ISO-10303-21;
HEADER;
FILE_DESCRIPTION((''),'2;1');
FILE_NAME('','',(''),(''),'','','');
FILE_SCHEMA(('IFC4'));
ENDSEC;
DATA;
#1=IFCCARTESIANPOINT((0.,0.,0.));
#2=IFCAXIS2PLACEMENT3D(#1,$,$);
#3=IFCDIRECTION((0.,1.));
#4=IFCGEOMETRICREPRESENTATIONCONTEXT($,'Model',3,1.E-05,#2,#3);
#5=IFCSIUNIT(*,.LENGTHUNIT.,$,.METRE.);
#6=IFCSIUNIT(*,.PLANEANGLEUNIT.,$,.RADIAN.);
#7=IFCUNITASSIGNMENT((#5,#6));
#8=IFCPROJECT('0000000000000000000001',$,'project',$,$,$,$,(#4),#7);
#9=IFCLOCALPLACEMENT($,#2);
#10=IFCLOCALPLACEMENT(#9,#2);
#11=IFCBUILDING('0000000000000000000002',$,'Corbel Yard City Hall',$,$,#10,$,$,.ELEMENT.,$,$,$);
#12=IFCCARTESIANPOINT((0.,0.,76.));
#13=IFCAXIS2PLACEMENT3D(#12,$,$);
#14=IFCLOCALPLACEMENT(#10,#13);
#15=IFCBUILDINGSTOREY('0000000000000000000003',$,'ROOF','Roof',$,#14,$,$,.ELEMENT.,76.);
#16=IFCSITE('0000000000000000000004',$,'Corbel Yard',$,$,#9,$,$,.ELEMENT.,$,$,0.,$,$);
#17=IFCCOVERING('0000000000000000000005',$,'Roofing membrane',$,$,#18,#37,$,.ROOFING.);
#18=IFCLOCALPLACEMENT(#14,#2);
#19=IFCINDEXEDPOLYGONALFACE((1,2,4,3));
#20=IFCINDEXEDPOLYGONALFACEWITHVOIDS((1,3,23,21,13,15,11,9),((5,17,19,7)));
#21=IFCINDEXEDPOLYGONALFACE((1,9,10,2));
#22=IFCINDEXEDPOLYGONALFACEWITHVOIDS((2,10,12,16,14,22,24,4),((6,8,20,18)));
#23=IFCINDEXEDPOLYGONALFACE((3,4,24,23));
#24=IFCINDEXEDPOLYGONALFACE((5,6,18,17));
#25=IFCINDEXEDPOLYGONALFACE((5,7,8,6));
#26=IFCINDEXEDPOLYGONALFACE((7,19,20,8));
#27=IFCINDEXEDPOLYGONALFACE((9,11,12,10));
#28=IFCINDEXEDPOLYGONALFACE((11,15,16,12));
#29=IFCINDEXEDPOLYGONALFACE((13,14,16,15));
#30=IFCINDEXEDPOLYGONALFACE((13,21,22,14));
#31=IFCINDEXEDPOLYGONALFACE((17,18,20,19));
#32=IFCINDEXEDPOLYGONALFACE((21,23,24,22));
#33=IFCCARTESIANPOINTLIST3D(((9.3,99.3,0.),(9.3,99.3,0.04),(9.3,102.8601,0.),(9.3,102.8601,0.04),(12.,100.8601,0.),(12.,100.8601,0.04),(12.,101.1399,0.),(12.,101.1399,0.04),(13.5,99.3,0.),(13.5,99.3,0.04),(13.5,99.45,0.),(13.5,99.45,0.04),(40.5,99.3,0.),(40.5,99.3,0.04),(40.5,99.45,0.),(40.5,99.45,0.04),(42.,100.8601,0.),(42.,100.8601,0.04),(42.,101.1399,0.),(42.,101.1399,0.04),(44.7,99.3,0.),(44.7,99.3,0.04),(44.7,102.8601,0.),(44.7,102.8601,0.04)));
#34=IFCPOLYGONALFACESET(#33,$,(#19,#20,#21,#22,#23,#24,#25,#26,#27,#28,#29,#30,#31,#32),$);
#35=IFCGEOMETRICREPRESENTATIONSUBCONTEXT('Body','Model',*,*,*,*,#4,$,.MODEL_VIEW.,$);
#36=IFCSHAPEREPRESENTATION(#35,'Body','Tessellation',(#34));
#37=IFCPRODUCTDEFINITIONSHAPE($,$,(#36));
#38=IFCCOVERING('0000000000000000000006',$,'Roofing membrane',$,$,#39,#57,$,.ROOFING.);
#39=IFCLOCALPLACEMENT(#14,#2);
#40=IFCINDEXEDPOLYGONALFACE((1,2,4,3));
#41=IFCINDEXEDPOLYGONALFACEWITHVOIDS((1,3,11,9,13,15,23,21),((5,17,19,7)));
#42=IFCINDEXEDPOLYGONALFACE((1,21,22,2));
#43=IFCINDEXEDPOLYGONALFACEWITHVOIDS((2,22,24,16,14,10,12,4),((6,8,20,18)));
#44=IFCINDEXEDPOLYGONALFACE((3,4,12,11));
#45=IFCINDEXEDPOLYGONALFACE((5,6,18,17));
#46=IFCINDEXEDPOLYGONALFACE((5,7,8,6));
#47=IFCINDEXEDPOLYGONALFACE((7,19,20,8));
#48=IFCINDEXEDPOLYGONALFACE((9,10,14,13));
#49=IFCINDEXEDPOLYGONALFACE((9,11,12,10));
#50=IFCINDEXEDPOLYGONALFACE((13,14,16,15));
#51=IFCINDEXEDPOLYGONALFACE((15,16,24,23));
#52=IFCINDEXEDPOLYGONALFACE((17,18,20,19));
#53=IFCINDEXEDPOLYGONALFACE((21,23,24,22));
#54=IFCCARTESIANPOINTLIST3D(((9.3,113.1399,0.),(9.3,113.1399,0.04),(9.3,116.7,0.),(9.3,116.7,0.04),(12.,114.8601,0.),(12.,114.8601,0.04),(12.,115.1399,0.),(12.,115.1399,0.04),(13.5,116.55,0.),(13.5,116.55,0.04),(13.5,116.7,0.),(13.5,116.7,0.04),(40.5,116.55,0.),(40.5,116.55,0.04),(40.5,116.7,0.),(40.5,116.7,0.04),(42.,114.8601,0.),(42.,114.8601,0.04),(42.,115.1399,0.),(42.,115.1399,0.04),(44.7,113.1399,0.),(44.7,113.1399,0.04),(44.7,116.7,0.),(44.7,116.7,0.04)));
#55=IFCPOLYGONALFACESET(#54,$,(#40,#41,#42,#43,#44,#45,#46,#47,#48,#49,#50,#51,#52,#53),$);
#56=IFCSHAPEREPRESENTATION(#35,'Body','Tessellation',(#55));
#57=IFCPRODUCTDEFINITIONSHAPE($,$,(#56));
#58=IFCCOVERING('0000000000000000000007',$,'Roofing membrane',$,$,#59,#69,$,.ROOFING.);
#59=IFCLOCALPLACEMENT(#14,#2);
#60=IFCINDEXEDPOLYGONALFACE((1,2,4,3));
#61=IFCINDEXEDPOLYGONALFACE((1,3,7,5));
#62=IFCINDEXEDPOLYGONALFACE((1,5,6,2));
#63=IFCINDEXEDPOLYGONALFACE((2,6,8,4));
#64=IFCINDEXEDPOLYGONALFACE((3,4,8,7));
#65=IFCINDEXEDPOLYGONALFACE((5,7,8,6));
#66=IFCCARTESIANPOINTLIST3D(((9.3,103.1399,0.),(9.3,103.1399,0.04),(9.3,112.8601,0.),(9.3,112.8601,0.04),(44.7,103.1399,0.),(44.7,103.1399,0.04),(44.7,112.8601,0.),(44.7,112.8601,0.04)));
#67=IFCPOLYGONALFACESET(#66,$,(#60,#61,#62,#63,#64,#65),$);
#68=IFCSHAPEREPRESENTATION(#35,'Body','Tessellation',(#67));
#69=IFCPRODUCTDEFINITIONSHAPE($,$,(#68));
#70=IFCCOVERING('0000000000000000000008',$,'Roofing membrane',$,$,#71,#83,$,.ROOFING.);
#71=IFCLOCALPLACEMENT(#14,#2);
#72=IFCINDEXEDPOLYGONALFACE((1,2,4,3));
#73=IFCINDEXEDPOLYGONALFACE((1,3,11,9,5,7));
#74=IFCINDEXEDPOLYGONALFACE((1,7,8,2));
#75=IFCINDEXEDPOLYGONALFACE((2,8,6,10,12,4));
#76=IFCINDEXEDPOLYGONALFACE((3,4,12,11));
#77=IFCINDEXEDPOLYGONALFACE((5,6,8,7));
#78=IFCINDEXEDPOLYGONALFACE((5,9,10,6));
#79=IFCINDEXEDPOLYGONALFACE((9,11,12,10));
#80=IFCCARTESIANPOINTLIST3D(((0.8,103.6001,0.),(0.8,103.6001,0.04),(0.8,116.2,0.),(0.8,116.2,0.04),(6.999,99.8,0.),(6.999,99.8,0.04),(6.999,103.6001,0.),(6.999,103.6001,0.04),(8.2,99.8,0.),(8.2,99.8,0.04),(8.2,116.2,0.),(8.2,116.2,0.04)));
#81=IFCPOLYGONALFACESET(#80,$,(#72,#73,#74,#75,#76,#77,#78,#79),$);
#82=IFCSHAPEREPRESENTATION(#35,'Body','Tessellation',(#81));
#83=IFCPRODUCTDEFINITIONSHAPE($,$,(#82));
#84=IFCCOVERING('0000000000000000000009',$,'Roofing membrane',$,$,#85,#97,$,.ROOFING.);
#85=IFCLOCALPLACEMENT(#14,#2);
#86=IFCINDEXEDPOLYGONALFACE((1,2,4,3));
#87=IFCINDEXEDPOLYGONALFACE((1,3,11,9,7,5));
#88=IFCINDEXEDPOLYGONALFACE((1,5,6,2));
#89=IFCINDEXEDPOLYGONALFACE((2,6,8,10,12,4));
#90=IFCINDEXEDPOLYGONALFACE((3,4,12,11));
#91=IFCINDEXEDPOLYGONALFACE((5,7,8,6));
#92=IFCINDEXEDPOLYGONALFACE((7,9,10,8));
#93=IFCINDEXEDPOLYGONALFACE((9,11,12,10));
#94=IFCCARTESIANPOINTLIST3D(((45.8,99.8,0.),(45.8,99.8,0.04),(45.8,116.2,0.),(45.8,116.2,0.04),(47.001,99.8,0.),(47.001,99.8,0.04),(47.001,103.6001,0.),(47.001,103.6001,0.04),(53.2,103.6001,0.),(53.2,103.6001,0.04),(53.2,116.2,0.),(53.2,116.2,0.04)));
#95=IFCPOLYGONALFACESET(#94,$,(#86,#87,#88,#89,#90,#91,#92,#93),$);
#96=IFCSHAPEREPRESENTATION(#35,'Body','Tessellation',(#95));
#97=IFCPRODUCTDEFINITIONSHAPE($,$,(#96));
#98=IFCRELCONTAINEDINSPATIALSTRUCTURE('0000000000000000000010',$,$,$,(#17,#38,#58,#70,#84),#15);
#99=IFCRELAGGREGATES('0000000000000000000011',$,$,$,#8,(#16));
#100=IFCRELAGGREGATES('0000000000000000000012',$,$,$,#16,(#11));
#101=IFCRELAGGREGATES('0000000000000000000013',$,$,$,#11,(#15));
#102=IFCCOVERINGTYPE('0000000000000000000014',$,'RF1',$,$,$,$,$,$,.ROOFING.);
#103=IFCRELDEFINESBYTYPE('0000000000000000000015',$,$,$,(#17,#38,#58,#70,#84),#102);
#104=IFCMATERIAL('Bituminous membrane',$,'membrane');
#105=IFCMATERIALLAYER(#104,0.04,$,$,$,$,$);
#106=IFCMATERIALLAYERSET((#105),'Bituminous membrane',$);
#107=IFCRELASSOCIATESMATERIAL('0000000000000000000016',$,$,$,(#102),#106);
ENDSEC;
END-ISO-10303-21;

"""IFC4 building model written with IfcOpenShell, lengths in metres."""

from ifc_helpers import new_model, si_unit, direction, frame, origin, place, context, subcontext, project, spatial, polyline, outline, extrude, material, layer, layer_set, type_object, element, save


model = new_model("IFC4")

# Units and contexts
model_context = context("Model", 3, precision=1e-05, world=origin(), true_north=direction((0.0, 1.0)))
body_context = subcontext(model_context, "Body", "Model", "MODEL_VIEW")
ifc_project = project(units=[si_unit("LENGTHUNIT", "METRE"), si_unit("PLANEANGLEUNIT", "RADIAN")], contexts=[model_context])

# Site, building, storey
site_placement = place(None, origin())
site = spatial("IfcSite", under=ifc_project, at=site_placement, Name="Corbel Yard", CompositionType="ELEMENT", RefElevation=0.0)
building_placement = place(site_placement, origin())
building = spatial("IfcBuilding", under=site, at=building_placement, Name="Corbel Yard City Hall", CompositionType="ELEMENT")
storey_placement = place(building_placement, frame((0.0, 0.0, 76.0)))
storey = spatial("IfcBuildingStorey", under=building, at=storey_placement, Name="ROOF", Description="Roof", CompositionType="ELEMENT", Elevation=76.0)

# Coverings
ifc_material_1 = material(Name="Bituminous membrane", Category="membrane")
ifc_layer_1 = layer(ifc_material_1, 0.04)
ifc_layer_set_1 = layer_set([ifc_layer_1], Name="Bituminous membrane")
covering_type = type_object("IfcCoveringType", Name="RF1", PredefinedType="ROOFING", material=ifc_layer_set_1)
covering_1_placement = place(storey_placement, origin())
element("IfcCovering", 1, at=covering_1_placement, inside=storey, type_object=covering_type, Name="Roofing membrane", PredefinedType="ROOFING", context=body_context, shape_type="SweptSolid", body=[
    extrude(outline(polyline([(44.7, 99.3), (40.5, 99.3), (40.5, 99.45), (13.5, 99.45), (13.5, 99.3), (9.3, 99.3), (9.3, 102.8601), (44.7, 102.8601), (44.7, 99.3)]), holes=[polyline([(42.0, 101.1399), (12.0, 101.1399), (12.0, 100.8601), (42.0, 100.8601), (42.0, 101.1399)])]), origin(), (0.0, 0.0, 1.0), 0.04),
])
covering_2_placement = place(storey_placement, origin())
element("IfcCovering", 2, at=covering_2_placement, inside=storey, type_object=covering_type, Name="Roofing membrane", PredefinedType="ROOFING", context=body_context, shape_type="SweptSolid", body=[
    extrude(outline(polyline([(13.5, 116.55), (40.5, 116.55), (40.5, 116.7), (44.7, 116.7), (44.7, 113.1399), (9.3, 113.1399), (9.3, 116.7), (13.5, 116.7), (13.5, 116.55)]), holes=[polyline([(12.0, 114.8601), (42.0, 114.8601), (42.0, 115.1399), (12.0, 115.1399), (12.0, 114.8601)])]), origin(), (0.0, 0.0, 1.0), 0.04),
])
covering_3_placement = place(storey_placement, origin())
element("IfcCovering", 3, at=covering_3_placement, inside=storey, type_object=covering_type, Name="Roofing membrane", PredefinedType="ROOFING", context=body_context, shape_type="SweptSolid", body=[
    extrude(outline(polyline([(44.7, 103.1399), (9.3, 103.1399), (9.3, 112.8601), (44.7, 112.8601), (44.7, 103.1399)])), origin(), (0.0, 0.0, 1.0), 0.04),
])
covering_4_placement = place(storey_placement, origin())
element("IfcCovering", 4, at=covering_4_placement, inside=storey, type_object=covering_type, Name="Roofing membrane", PredefinedType="ROOFING", context=body_context, shape_type="SweptSolid", body=[
    extrude(outline(polyline([(8.2, 99.8), (6.999, 99.8), (6.999, 103.6001), (0.8, 103.6001), (0.8, 116.2), (8.2, 116.2), (8.2, 99.8)])), origin(), (0.0, 0.0, 1.0), 0.04),
])
covering_5_placement = place(storey_placement, origin())
element("IfcCovering", 5, at=covering_5_placement, inside=storey, type_object=covering_type, Name="Roofing membrane", PredefinedType="ROOFING", context=body_context, shape_type="SweptSolid", body=[
    extrude(outline(polyline([(53.2, 116.2), (53.2, 103.6001), (47.001, 103.6001), (47.001, 99.8), (45.8, 99.8), (45.8, 116.2), (53.2, 116.2)])), origin(), (0.0, 0.0, 1.0), 0.04),
])

save(model, "model.ifc")
